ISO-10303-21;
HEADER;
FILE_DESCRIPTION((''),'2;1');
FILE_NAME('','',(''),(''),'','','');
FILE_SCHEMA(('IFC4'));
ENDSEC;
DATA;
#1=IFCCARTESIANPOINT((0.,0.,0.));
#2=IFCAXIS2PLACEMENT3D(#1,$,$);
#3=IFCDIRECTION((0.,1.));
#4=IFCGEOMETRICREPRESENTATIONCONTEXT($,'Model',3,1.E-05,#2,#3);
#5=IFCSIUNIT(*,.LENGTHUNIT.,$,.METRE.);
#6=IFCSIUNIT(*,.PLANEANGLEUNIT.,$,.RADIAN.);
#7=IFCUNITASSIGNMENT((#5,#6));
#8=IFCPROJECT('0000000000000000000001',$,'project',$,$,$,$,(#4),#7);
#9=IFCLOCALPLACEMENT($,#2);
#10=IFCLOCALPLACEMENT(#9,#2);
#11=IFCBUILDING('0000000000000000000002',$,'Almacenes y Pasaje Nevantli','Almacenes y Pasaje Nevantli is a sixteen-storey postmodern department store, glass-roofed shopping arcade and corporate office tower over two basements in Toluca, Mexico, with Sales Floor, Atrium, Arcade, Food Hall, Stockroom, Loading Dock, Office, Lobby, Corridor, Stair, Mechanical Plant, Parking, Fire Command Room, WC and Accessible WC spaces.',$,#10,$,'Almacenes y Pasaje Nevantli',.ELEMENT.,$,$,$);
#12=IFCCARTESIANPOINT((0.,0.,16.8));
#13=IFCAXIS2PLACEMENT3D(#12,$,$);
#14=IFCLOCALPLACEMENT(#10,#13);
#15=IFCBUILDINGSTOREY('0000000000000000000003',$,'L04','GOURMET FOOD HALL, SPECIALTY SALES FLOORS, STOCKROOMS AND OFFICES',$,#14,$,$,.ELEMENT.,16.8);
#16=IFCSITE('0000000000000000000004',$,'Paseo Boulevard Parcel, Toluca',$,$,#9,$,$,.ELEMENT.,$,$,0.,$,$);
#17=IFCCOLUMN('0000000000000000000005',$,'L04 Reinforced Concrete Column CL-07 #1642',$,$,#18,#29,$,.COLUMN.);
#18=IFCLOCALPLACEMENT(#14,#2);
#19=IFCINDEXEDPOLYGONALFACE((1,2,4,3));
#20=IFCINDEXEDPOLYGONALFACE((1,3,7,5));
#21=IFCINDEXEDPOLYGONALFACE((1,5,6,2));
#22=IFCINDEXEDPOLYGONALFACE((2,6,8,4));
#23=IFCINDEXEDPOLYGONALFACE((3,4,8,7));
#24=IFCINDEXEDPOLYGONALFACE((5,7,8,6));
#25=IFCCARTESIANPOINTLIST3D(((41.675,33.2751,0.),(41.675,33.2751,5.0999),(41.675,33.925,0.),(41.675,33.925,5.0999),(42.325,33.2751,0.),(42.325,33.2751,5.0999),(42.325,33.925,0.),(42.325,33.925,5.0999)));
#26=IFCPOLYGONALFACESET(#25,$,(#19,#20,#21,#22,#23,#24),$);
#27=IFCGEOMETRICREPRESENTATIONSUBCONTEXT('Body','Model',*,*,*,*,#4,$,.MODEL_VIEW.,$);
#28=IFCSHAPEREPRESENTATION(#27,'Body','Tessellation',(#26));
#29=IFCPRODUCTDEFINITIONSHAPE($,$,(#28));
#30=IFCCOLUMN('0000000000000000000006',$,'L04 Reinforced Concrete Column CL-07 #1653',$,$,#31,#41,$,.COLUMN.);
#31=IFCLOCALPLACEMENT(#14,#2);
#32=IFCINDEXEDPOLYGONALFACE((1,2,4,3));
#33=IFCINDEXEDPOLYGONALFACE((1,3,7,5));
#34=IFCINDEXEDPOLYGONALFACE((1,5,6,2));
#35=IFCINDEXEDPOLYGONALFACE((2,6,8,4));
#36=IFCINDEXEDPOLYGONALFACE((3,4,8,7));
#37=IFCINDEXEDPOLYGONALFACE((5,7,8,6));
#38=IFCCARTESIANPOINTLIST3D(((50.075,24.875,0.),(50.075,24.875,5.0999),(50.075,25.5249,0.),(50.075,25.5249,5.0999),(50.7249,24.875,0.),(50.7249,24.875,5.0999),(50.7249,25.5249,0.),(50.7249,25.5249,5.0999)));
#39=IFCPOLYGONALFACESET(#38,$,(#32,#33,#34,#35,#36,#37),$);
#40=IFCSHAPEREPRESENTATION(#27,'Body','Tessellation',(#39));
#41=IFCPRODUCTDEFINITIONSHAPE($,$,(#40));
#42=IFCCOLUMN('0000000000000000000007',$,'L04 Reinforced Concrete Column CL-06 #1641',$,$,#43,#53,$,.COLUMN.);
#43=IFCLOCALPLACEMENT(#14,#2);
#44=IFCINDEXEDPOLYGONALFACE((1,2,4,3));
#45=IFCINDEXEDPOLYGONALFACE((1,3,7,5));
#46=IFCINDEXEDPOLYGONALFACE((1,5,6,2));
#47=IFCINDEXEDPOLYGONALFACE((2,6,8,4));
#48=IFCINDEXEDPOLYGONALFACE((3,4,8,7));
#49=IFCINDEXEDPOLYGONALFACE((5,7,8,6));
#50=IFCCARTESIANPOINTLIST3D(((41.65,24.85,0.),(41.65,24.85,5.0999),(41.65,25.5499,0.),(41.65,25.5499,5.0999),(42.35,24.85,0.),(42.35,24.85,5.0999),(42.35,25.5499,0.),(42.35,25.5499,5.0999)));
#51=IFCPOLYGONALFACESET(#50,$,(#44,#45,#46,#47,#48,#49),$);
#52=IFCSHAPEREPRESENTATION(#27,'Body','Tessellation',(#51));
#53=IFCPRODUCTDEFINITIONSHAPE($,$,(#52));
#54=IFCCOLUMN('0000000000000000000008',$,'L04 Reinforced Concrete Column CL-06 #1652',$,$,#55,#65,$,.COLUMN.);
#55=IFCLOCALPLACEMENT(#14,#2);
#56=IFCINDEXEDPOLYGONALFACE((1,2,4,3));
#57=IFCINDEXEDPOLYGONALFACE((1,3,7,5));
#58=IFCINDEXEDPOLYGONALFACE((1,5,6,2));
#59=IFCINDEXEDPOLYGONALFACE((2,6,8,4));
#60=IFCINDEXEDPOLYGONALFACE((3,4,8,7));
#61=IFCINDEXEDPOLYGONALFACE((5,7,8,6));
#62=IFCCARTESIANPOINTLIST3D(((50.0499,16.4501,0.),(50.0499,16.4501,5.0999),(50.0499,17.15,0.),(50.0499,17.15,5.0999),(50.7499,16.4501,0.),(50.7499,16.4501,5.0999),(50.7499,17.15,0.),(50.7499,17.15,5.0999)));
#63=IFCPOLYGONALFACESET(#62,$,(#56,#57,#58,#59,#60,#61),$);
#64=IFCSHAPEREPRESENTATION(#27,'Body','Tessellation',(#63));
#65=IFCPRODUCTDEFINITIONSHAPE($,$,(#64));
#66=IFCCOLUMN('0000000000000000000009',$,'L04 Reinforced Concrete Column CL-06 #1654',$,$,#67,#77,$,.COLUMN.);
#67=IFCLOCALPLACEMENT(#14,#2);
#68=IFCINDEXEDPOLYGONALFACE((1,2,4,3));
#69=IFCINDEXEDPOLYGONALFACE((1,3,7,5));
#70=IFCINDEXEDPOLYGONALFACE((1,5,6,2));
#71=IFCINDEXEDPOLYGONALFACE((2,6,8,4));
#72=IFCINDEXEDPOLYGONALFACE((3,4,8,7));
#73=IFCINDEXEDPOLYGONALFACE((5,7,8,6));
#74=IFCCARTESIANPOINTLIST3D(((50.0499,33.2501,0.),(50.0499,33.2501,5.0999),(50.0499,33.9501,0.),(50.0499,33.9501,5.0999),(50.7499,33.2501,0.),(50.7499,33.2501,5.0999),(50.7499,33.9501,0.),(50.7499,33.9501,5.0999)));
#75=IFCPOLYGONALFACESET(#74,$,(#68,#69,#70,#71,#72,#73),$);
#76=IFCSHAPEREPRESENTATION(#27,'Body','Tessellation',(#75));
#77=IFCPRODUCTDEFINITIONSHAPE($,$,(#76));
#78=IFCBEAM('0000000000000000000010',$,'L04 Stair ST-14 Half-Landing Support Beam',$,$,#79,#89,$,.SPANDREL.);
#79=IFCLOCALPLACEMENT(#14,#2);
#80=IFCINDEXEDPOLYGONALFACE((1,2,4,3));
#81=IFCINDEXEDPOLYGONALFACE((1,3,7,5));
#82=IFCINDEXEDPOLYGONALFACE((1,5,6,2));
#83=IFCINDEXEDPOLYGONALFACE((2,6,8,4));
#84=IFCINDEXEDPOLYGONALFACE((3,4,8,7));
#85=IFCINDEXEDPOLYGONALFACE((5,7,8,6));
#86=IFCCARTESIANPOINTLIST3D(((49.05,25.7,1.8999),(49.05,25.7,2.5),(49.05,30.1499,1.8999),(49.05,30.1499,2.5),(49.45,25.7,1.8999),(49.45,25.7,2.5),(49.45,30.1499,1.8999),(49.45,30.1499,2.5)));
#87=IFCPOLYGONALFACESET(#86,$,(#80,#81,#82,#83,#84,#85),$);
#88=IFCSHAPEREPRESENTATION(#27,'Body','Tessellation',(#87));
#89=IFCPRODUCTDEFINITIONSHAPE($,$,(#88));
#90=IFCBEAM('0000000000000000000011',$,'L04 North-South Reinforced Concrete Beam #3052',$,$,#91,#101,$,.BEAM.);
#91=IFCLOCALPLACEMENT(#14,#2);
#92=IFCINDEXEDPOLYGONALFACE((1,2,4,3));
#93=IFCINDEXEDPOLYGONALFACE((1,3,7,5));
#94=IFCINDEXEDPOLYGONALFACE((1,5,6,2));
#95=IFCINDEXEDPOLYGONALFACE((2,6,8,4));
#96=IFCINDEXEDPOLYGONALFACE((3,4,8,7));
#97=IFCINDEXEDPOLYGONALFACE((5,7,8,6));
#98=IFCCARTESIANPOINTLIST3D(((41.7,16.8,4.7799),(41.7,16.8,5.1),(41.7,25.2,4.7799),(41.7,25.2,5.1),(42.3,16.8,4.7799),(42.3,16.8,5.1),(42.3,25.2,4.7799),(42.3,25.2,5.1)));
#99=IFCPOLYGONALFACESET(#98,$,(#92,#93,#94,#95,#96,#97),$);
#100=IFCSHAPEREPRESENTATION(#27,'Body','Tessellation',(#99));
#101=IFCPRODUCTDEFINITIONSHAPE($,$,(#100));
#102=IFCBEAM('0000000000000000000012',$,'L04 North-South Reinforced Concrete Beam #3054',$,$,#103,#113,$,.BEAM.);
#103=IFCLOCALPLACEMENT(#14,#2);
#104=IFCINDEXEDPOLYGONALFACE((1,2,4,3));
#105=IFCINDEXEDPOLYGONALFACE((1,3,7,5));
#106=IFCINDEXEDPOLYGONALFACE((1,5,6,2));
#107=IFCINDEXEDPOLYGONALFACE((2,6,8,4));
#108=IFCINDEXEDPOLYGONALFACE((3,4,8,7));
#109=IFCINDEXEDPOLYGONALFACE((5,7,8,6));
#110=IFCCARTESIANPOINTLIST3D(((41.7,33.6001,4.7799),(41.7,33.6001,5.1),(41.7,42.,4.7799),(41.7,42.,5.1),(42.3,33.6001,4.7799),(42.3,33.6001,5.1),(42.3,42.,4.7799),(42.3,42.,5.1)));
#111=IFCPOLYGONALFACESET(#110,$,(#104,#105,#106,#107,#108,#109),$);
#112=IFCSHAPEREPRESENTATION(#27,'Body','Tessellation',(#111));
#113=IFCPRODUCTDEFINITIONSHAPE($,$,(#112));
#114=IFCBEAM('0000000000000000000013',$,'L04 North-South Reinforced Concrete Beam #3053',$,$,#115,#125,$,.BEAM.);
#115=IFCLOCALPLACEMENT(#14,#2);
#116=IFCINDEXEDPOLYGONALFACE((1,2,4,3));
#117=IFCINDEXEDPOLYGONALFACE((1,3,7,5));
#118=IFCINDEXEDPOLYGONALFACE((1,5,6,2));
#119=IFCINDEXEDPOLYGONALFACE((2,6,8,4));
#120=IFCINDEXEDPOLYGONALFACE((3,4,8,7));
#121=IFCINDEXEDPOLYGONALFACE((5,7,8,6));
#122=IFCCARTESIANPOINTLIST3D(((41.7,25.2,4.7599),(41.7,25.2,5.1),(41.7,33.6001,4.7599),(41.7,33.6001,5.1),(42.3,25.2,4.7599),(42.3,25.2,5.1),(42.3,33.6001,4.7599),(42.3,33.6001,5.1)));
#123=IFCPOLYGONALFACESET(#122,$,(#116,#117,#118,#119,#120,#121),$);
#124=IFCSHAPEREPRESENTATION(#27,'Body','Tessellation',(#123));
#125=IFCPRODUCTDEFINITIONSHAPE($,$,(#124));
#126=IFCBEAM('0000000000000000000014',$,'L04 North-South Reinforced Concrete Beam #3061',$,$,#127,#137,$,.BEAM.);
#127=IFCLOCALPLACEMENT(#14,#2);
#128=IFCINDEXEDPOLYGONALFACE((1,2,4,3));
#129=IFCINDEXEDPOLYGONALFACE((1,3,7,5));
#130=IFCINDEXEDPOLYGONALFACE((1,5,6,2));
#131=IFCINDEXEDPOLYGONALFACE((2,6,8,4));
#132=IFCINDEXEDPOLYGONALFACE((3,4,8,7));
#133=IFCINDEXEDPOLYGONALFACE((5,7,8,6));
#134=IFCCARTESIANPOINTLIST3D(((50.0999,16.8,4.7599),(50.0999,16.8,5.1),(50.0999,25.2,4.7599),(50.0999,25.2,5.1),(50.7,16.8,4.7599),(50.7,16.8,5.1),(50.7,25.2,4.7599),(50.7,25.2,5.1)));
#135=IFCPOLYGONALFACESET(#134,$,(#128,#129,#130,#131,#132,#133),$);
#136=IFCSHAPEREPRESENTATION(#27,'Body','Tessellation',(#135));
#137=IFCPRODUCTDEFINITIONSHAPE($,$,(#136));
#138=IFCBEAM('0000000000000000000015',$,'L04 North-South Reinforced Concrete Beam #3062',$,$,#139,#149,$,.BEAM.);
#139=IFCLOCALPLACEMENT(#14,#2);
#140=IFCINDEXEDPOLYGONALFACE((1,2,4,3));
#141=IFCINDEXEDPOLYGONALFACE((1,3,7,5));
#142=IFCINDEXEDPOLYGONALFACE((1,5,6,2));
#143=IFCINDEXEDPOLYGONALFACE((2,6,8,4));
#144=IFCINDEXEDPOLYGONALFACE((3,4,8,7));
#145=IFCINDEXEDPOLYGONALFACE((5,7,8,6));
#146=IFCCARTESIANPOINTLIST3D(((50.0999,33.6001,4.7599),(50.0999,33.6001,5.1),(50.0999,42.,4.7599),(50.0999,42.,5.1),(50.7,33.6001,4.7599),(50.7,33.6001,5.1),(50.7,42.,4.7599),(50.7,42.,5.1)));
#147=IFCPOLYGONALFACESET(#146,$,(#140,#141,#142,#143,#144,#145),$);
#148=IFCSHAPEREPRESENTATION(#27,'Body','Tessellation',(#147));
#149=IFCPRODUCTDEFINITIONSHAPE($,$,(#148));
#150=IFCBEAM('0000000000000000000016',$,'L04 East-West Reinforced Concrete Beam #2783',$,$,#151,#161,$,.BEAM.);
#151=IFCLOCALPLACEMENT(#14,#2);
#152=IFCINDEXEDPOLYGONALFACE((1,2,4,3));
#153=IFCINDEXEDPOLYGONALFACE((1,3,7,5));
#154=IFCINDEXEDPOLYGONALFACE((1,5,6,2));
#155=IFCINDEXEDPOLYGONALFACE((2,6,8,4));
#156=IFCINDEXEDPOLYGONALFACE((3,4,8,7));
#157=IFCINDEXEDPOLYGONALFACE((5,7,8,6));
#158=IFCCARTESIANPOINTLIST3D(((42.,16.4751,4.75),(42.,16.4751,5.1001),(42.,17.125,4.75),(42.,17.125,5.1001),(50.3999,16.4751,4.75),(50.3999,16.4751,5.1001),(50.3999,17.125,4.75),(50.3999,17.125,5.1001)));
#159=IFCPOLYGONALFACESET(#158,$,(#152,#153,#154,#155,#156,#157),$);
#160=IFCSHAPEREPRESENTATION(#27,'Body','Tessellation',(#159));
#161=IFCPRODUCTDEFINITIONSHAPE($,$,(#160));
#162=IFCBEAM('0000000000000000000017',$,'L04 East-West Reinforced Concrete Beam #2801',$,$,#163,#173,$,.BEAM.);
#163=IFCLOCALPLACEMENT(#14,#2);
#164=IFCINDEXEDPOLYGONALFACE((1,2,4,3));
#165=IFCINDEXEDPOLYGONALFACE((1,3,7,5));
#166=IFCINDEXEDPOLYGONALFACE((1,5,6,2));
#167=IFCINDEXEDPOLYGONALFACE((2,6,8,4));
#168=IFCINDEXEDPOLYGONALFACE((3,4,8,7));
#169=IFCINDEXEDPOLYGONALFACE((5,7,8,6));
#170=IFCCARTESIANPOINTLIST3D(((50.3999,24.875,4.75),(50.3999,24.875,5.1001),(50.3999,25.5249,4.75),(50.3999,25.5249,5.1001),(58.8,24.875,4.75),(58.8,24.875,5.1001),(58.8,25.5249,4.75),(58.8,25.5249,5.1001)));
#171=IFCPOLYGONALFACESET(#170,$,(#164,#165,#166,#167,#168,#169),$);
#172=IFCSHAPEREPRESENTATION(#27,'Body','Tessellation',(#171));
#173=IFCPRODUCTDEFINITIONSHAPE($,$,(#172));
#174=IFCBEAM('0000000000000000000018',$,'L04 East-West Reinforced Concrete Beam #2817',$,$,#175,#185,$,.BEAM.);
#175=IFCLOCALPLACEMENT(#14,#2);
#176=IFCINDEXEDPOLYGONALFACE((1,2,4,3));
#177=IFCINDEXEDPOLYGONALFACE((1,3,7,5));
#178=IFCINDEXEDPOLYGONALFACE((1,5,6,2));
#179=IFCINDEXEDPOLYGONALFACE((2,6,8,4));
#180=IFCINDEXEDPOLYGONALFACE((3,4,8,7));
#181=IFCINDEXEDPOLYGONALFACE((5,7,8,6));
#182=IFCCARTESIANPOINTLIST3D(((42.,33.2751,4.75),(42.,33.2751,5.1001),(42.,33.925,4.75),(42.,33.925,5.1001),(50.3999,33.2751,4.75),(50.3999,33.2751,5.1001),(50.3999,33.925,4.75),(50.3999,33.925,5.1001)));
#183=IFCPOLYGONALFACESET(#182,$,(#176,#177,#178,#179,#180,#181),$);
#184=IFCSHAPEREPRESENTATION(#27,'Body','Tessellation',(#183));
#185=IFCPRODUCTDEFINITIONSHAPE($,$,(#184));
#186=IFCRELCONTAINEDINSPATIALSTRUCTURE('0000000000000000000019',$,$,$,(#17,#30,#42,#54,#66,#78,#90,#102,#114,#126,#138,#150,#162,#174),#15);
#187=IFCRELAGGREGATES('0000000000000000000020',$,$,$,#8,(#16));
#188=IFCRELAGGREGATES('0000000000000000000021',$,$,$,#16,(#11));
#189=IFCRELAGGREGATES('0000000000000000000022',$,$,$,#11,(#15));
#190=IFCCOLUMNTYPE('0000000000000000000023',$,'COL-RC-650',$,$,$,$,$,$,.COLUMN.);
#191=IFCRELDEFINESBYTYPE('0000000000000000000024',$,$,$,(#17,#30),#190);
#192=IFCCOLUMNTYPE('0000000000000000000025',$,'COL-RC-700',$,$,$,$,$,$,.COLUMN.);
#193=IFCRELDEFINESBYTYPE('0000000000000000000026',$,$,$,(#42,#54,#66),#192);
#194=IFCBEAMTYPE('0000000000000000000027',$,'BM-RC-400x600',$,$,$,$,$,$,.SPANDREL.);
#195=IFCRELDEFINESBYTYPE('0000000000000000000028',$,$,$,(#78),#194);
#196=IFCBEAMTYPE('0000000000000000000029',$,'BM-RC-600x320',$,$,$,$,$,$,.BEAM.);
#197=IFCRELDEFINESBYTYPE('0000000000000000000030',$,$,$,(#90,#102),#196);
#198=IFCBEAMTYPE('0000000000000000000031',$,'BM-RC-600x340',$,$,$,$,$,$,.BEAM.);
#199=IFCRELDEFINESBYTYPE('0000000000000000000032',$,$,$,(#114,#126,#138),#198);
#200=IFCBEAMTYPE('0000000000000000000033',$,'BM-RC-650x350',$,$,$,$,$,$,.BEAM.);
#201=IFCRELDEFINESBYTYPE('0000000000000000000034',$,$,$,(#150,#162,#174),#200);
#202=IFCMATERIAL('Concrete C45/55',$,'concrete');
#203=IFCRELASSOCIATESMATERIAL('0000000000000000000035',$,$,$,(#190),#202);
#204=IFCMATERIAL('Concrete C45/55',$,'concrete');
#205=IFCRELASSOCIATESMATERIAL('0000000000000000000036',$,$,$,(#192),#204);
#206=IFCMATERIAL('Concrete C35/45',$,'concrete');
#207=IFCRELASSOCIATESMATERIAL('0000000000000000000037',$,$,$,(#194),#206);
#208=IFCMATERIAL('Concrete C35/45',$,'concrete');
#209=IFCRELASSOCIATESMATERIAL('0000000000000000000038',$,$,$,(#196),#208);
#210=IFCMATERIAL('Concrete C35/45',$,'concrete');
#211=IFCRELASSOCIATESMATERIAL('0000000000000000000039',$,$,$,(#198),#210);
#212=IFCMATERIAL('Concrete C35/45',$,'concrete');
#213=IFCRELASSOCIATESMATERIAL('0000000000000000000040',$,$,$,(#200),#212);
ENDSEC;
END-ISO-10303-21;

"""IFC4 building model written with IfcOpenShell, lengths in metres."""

from ifc_helpers import new_model, si_unit, direction, frame, origin, origin_2d, place, context, subcontext, project, spatial, rectangle, extrude, material, material_profile, profile_set, type_object, element, save


model = new_model("IFC4")

# Units and contexts
model_context = context("Model", 3, precision=1e-05, world=origin(), true_north=direction((0.0, 1.0)))
body_context = subcontext(model_context, "Body", "Model", "MODEL_VIEW")
ifc_project = project(units=[si_unit("LENGTHUNIT", "METRE"), si_unit("PLANEANGLEUNIT", "RADIAN")], contexts=[model_context])

# Site, building, storey
site_placement = place(None, origin())
site = spatial("IfcSite", under=ifc_project, at=site_placement, Name="Paseo Boulevard Parcel, Toluca", CompositionType="ELEMENT", RefElevation=0.0)
building_placement = place(site_placement, origin())
building = spatial("IfcBuilding", under=site, at=building_placement, Name="Almacenes y Pasaje Nevantli", Description="Almacenes y Pasaje Nevantli is a sixteen-storey postmodern department store, glass-roofed shopping arcade and corporate office tower over two basements in Toluca, Mexico, with Sales Floor, Atrium, Arcade, Food Hall, Stockroom, Loading Dock, Office, Lobby, Corridor, Stair, Mechanical Plant, Parking, Fire Command Room, WC and Accessible WC spaces.", LongName="Almacenes y Pasaje Nevantli", CompositionType="ELEMENT")
storey_placement = place(building_placement, frame((0.0, 0.0, 16.8)))
storey = spatial("IfcBuildingStorey", under=building, at=storey_placement, Name="L04", Description="GOURMET FOOD HALL, SPECIALTY SALES FLOORS, STOCKROOMS AND OFFICES", CompositionType="ELEMENT", Elevation=16.8)

# Columns
ifc_material_1 = material(Name="Concrete C45/55", Category="concrete")
ifc_material_profile_1 = material_profile(ifc_material_1, rectangle(XDim=0.6499, YDim=0.6499, at=origin_2d()), Name="RC-COL-650x650")
ifc_profile_set_1 = profile_set([ifc_material_profile_1], Name="Concrete C45/55")
column_type_1 = type_object("IfcColumnType", Name="COL-RC-650", PredefinedType="COLUMN", material=ifc_profile_set_1)
for number, where, z_axis, x_axis, name in (
    (1, (42.0, 33.6001, 0.0), (0.0, 0.0, 1.0), (1.0, 0.0, 0.0), "L04 Reinforced Concrete Column CL-07 #1642"),
    (2, (50.3999, 25.2, 0.0), (0.0, 0.0, 1.0), (1.0, 0.0, 0.0), "L04 Reinforced Concrete Column CL-07 #1653"),
):
    element("IfcColumn", number, at=place(storey_placement, frame(where, z_axis=z_axis, x_axis=x_axis)), inside=storey, type_object=column_type_1, Name=name, PredefinedType="COLUMN", context=body_context, shape_type="SweptSolid", body=[
        extrude(rectangle(XDim=0.6499, YDim=0.6499, at=origin_2d()), origin(), (0.0, 0.0, 1.0), 5.0999),
    ])
ifc_material_2 = material(Name="Concrete C45/55", Category="concrete")
ifc_material_profile_2 = material_profile(ifc_material_2, rectangle(XDim=0.7, YDim=0.7, at=origin_2d()), Name="RC-COL-700x700")
ifc_profile_set_2 = profile_set([ifc_material_profile_2], Name="Concrete C45/55")
column_type_2 = type_object("IfcColumnType", Name="COL-RC-700", PredefinedType="COLUMN", material=ifc_profile_set_2)
for number, where, z_axis, x_axis, name in (
    (3, (42.0, 25.2, 0.0), (0.0, 0.0, 1.0), (1.0, 0.0, 0.0), "L04 Reinforced Concrete Column CL-06 #1641"),
    (4, (50.3999, 16.8, 0.0), (0.0, 0.0, 1.0), (1.0, 0.0, 0.0), "L04 Reinforced Concrete Column CL-06 #1652"),
    (5, (50.3999, 33.6001, 0.0), (0.0, 0.0, 1.0), (1.0, 0.0, 0.0), "L04 Reinforced Concrete Column CL-06 #1654"),
):
    element("IfcColumn", number, at=place(storey_placement, frame(where, z_axis=z_axis, x_axis=x_axis)), inside=storey, type_object=column_type_2, Name=name, PredefinedType="COLUMN", context=body_context, shape_type="SweptSolid", body=[
        extrude(rectangle(XDim=0.7, YDim=0.7, at=origin_2d()), origin(), (0.0, 0.0, 1.0), 5.0999),
    ])

# Beams
ifc_material_3 = material(Name="Concrete C35/45", Category="concrete")
ifc_material_profile_3 = material_profile(ifc_material_3, rectangle(XDim=0.3999, YDim=0.6001, at=origin_2d()), Name="RC-BM-400x600")
ifc_profile_set_3 = profile_set([ifc_material_profile_3], Name="Concrete C35/45")
beam_type_1 = type_object("IfcBeamType", Name="BM-RC-400x600", PredefinedType="SPANDREL", material=ifc_profile_set_3)
beam_1_placement = place(storey_placement, frame((49.25, 25.7, 2.2), z_axis=(0.0, 1.0, 0.0), x_axis=(-1.0, 0.0, 0.0)))
element("IfcBeam", 6, at=beam_1_placement, inside=storey, type_object=beam_type_1, Name="L04 Stair ST-14 Half-Landing Support Beam", PredefinedType="SPANDREL", context=body_context, shape_type="SweptSolid", body=[
    extrude(rectangle(XDim=0.3999, YDim=0.6001, at=origin_2d()), origin(), (0.0, 0.0, 1.0), 4.45),
])
ifc_material_4 = material(Name="Concrete C35/45", Category="concrete")
ifc_material_profile_4 = material_profile(ifc_material_4, rectangle(XDim=0.6001, YDim=0.3201, at=origin_2d()), Name="RC-BM-600x320")
ifc_profile_set_4 = profile_set([ifc_material_profile_4], Name="Concrete C35/45")
beam_type_2 = type_object("IfcBeamType", Name="BM-RC-600x320", PredefinedType="BEAM", material=ifc_profile_set_4)
for number, where, z_axis, x_axis, name in (
    (7, (42.0, 16.8, 4.9399), (0.0, 1.0, 0.0), (-1.0, 0.0, 0.0), "L04 North-South Reinforced Concrete Beam #3052"),
    (8, (42.0, 33.6001, 4.9399), (0.0, 1.0, 0.0), (-1.0, 0.0, 0.0), "L04 North-South Reinforced Concrete Beam #3054"),
):
    element("IfcBeam", number, at=place(storey_placement, frame(where, z_axis=z_axis, x_axis=x_axis)), inside=storey, type_object=beam_type_2, Name=name, PredefinedType="BEAM", context=body_context, shape_type="SweptSolid", body=[
        extrude(rectangle(XDim=0.6001, YDim=0.3201, at=origin_2d()), origin(), (0.0, 0.0, 1.0), 8.3999),
    ])
ifc_material_5 = material(Name="Concrete C35/45", Category="concrete")
ifc_material_profile_5 = material_profile(ifc_material_5, rectangle(XDim=0.6001, YDim=0.3401, at=origin_2d()), Name="RC-BM-600x340")
ifc_profile_set_5 = profile_set([ifc_material_profile_5], Name="Concrete C35/45")
beam_type_3 = type_object("IfcBeamType", Name="BM-RC-600x340", PredefinedType="BEAM", material=ifc_profile_set_5)
beam_2_placement = place(storey_placement, frame((42.0, 25.2, 4.9299), z_axis=(0.0, 1.0, 0.0), x_axis=(-1.0, 0.0, 0.0)))
element("IfcBeam", 9, at=beam_2_placement, inside=storey, type_object=beam_type_3, Name="L04 North-South Reinforced Concrete Beam #3053", PredefinedType="BEAM", context=body_context, shape_type="SweptSolid", body=[
    extrude(rectangle(XDim=0.6001, YDim=0.3401, at=origin_2d()), origin(), (0.0, 0.0, 1.0), 8.4001),
])
for number, where, z_axis, x_axis, name in (
    (10, (50.3999, 16.8, 4.9299), (0.0, 1.0, 0.0), (-1.0, 0.0, 0.0), "L04 North-South Reinforced Concrete Beam #3061"),
    (11, (50.3999, 33.6001, 4.9299), (0.0, 1.0, 0.0), (-1.0, 0.0, 0.0), "L04 North-South Reinforced Concrete Beam #3062"),
):
    element("IfcBeam", number, at=place(storey_placement, frame(where, z_axis=z_axis, x_axis=x_axis)), inside=storey, type_object=beam_type_3, Name=name, PredefinedType="BEAM", context=body_context, shape_type="SweptSolid", body=[
        extrude(rectangle(XDim=0.6001, YDim=0.3401, at=origin_2d()), origin(), (0.0, 0.0, 1.0), 8.3999),
    ])
ifc_material_6 = material(Name="Concrete C35/45", Category="concrete")
ifc_material_profile_6 = material_profile(ifc_material_6, rectangle(XDim=0.6499, YDim=0.3501, at=origin_2d()), Name="RC-BM-650x350")
ifc_profile_set_6 = profile_set([ifc_material_profile_6], Name="Concrete C35/45")
beam_type_4 = type_object("IfcBeamType", Name="BM-RC-650x350", PredefinedType="BEAM", material=ifc_profile_set_6)
beam_3_placement = place(storey_placement, frame((42.0, 16.8, 4.925), z_axis=(1.0, 0.0, 0.0), x_axis=(0.0, 1.0, 0.0)))
element("IfcBeam", 12, at=beam_3_placement, inside=storey, type_object=beam_type_4, Name="L04 East-West Reinforced Concrete Beam #2783", PredefinedType="BEAM", context=body_context, shape_type="SweptSolid", body=[
    extrude(rectangle(XDim=0.6499, YDim=0.3501, at=origin_2d()), origin(), (0.0, 0.0, 1.0), 8.3999),
])
beam_4_placement = place(storey_placement, frame((50.3999, 25.2, 4.925), z_axis=(1.0, 0.0, 0.0), x_axis=(0.0, 1.0, 0.0)))
element("IfcBeam", 13, at=beam_4_placement, inside=storey, type_object=beam_type_4, Name="L04 East-West Reinforced Concrete Beam #2801", PredefinedType="BEAM", context=body_context, shape_type="SweptSolid", body=[
    extrude(rectangle(XDim=0.6499, YDim=0.3501, at=origin_2d()), origin(), (0.0, 0.0, 1.0), 8.4001),
])
beam_5_placement = place(storey_placement, frame((42.0, 33.6001, 4.925), z_axis=(1.0, 0.0, 0.0), x_axis=(0.0, 1.0, 0.0)))
element("IfcBeam", 14, at=beam_5_placement, inside=storey, type_object=beam_type_4, Name="L04 East-West Reinforced Concrete Beam #2817", PredefinedType="BEAM", context=body_context, shape_type="SweptSolid", body=[
    extrude(rectangle(XDim=0.6499, YDim=0.3501, at=origin_2d()), origin(), (0.0, 0.0, 1.0), 8.3999),
])

save(model, "model.ifc")
